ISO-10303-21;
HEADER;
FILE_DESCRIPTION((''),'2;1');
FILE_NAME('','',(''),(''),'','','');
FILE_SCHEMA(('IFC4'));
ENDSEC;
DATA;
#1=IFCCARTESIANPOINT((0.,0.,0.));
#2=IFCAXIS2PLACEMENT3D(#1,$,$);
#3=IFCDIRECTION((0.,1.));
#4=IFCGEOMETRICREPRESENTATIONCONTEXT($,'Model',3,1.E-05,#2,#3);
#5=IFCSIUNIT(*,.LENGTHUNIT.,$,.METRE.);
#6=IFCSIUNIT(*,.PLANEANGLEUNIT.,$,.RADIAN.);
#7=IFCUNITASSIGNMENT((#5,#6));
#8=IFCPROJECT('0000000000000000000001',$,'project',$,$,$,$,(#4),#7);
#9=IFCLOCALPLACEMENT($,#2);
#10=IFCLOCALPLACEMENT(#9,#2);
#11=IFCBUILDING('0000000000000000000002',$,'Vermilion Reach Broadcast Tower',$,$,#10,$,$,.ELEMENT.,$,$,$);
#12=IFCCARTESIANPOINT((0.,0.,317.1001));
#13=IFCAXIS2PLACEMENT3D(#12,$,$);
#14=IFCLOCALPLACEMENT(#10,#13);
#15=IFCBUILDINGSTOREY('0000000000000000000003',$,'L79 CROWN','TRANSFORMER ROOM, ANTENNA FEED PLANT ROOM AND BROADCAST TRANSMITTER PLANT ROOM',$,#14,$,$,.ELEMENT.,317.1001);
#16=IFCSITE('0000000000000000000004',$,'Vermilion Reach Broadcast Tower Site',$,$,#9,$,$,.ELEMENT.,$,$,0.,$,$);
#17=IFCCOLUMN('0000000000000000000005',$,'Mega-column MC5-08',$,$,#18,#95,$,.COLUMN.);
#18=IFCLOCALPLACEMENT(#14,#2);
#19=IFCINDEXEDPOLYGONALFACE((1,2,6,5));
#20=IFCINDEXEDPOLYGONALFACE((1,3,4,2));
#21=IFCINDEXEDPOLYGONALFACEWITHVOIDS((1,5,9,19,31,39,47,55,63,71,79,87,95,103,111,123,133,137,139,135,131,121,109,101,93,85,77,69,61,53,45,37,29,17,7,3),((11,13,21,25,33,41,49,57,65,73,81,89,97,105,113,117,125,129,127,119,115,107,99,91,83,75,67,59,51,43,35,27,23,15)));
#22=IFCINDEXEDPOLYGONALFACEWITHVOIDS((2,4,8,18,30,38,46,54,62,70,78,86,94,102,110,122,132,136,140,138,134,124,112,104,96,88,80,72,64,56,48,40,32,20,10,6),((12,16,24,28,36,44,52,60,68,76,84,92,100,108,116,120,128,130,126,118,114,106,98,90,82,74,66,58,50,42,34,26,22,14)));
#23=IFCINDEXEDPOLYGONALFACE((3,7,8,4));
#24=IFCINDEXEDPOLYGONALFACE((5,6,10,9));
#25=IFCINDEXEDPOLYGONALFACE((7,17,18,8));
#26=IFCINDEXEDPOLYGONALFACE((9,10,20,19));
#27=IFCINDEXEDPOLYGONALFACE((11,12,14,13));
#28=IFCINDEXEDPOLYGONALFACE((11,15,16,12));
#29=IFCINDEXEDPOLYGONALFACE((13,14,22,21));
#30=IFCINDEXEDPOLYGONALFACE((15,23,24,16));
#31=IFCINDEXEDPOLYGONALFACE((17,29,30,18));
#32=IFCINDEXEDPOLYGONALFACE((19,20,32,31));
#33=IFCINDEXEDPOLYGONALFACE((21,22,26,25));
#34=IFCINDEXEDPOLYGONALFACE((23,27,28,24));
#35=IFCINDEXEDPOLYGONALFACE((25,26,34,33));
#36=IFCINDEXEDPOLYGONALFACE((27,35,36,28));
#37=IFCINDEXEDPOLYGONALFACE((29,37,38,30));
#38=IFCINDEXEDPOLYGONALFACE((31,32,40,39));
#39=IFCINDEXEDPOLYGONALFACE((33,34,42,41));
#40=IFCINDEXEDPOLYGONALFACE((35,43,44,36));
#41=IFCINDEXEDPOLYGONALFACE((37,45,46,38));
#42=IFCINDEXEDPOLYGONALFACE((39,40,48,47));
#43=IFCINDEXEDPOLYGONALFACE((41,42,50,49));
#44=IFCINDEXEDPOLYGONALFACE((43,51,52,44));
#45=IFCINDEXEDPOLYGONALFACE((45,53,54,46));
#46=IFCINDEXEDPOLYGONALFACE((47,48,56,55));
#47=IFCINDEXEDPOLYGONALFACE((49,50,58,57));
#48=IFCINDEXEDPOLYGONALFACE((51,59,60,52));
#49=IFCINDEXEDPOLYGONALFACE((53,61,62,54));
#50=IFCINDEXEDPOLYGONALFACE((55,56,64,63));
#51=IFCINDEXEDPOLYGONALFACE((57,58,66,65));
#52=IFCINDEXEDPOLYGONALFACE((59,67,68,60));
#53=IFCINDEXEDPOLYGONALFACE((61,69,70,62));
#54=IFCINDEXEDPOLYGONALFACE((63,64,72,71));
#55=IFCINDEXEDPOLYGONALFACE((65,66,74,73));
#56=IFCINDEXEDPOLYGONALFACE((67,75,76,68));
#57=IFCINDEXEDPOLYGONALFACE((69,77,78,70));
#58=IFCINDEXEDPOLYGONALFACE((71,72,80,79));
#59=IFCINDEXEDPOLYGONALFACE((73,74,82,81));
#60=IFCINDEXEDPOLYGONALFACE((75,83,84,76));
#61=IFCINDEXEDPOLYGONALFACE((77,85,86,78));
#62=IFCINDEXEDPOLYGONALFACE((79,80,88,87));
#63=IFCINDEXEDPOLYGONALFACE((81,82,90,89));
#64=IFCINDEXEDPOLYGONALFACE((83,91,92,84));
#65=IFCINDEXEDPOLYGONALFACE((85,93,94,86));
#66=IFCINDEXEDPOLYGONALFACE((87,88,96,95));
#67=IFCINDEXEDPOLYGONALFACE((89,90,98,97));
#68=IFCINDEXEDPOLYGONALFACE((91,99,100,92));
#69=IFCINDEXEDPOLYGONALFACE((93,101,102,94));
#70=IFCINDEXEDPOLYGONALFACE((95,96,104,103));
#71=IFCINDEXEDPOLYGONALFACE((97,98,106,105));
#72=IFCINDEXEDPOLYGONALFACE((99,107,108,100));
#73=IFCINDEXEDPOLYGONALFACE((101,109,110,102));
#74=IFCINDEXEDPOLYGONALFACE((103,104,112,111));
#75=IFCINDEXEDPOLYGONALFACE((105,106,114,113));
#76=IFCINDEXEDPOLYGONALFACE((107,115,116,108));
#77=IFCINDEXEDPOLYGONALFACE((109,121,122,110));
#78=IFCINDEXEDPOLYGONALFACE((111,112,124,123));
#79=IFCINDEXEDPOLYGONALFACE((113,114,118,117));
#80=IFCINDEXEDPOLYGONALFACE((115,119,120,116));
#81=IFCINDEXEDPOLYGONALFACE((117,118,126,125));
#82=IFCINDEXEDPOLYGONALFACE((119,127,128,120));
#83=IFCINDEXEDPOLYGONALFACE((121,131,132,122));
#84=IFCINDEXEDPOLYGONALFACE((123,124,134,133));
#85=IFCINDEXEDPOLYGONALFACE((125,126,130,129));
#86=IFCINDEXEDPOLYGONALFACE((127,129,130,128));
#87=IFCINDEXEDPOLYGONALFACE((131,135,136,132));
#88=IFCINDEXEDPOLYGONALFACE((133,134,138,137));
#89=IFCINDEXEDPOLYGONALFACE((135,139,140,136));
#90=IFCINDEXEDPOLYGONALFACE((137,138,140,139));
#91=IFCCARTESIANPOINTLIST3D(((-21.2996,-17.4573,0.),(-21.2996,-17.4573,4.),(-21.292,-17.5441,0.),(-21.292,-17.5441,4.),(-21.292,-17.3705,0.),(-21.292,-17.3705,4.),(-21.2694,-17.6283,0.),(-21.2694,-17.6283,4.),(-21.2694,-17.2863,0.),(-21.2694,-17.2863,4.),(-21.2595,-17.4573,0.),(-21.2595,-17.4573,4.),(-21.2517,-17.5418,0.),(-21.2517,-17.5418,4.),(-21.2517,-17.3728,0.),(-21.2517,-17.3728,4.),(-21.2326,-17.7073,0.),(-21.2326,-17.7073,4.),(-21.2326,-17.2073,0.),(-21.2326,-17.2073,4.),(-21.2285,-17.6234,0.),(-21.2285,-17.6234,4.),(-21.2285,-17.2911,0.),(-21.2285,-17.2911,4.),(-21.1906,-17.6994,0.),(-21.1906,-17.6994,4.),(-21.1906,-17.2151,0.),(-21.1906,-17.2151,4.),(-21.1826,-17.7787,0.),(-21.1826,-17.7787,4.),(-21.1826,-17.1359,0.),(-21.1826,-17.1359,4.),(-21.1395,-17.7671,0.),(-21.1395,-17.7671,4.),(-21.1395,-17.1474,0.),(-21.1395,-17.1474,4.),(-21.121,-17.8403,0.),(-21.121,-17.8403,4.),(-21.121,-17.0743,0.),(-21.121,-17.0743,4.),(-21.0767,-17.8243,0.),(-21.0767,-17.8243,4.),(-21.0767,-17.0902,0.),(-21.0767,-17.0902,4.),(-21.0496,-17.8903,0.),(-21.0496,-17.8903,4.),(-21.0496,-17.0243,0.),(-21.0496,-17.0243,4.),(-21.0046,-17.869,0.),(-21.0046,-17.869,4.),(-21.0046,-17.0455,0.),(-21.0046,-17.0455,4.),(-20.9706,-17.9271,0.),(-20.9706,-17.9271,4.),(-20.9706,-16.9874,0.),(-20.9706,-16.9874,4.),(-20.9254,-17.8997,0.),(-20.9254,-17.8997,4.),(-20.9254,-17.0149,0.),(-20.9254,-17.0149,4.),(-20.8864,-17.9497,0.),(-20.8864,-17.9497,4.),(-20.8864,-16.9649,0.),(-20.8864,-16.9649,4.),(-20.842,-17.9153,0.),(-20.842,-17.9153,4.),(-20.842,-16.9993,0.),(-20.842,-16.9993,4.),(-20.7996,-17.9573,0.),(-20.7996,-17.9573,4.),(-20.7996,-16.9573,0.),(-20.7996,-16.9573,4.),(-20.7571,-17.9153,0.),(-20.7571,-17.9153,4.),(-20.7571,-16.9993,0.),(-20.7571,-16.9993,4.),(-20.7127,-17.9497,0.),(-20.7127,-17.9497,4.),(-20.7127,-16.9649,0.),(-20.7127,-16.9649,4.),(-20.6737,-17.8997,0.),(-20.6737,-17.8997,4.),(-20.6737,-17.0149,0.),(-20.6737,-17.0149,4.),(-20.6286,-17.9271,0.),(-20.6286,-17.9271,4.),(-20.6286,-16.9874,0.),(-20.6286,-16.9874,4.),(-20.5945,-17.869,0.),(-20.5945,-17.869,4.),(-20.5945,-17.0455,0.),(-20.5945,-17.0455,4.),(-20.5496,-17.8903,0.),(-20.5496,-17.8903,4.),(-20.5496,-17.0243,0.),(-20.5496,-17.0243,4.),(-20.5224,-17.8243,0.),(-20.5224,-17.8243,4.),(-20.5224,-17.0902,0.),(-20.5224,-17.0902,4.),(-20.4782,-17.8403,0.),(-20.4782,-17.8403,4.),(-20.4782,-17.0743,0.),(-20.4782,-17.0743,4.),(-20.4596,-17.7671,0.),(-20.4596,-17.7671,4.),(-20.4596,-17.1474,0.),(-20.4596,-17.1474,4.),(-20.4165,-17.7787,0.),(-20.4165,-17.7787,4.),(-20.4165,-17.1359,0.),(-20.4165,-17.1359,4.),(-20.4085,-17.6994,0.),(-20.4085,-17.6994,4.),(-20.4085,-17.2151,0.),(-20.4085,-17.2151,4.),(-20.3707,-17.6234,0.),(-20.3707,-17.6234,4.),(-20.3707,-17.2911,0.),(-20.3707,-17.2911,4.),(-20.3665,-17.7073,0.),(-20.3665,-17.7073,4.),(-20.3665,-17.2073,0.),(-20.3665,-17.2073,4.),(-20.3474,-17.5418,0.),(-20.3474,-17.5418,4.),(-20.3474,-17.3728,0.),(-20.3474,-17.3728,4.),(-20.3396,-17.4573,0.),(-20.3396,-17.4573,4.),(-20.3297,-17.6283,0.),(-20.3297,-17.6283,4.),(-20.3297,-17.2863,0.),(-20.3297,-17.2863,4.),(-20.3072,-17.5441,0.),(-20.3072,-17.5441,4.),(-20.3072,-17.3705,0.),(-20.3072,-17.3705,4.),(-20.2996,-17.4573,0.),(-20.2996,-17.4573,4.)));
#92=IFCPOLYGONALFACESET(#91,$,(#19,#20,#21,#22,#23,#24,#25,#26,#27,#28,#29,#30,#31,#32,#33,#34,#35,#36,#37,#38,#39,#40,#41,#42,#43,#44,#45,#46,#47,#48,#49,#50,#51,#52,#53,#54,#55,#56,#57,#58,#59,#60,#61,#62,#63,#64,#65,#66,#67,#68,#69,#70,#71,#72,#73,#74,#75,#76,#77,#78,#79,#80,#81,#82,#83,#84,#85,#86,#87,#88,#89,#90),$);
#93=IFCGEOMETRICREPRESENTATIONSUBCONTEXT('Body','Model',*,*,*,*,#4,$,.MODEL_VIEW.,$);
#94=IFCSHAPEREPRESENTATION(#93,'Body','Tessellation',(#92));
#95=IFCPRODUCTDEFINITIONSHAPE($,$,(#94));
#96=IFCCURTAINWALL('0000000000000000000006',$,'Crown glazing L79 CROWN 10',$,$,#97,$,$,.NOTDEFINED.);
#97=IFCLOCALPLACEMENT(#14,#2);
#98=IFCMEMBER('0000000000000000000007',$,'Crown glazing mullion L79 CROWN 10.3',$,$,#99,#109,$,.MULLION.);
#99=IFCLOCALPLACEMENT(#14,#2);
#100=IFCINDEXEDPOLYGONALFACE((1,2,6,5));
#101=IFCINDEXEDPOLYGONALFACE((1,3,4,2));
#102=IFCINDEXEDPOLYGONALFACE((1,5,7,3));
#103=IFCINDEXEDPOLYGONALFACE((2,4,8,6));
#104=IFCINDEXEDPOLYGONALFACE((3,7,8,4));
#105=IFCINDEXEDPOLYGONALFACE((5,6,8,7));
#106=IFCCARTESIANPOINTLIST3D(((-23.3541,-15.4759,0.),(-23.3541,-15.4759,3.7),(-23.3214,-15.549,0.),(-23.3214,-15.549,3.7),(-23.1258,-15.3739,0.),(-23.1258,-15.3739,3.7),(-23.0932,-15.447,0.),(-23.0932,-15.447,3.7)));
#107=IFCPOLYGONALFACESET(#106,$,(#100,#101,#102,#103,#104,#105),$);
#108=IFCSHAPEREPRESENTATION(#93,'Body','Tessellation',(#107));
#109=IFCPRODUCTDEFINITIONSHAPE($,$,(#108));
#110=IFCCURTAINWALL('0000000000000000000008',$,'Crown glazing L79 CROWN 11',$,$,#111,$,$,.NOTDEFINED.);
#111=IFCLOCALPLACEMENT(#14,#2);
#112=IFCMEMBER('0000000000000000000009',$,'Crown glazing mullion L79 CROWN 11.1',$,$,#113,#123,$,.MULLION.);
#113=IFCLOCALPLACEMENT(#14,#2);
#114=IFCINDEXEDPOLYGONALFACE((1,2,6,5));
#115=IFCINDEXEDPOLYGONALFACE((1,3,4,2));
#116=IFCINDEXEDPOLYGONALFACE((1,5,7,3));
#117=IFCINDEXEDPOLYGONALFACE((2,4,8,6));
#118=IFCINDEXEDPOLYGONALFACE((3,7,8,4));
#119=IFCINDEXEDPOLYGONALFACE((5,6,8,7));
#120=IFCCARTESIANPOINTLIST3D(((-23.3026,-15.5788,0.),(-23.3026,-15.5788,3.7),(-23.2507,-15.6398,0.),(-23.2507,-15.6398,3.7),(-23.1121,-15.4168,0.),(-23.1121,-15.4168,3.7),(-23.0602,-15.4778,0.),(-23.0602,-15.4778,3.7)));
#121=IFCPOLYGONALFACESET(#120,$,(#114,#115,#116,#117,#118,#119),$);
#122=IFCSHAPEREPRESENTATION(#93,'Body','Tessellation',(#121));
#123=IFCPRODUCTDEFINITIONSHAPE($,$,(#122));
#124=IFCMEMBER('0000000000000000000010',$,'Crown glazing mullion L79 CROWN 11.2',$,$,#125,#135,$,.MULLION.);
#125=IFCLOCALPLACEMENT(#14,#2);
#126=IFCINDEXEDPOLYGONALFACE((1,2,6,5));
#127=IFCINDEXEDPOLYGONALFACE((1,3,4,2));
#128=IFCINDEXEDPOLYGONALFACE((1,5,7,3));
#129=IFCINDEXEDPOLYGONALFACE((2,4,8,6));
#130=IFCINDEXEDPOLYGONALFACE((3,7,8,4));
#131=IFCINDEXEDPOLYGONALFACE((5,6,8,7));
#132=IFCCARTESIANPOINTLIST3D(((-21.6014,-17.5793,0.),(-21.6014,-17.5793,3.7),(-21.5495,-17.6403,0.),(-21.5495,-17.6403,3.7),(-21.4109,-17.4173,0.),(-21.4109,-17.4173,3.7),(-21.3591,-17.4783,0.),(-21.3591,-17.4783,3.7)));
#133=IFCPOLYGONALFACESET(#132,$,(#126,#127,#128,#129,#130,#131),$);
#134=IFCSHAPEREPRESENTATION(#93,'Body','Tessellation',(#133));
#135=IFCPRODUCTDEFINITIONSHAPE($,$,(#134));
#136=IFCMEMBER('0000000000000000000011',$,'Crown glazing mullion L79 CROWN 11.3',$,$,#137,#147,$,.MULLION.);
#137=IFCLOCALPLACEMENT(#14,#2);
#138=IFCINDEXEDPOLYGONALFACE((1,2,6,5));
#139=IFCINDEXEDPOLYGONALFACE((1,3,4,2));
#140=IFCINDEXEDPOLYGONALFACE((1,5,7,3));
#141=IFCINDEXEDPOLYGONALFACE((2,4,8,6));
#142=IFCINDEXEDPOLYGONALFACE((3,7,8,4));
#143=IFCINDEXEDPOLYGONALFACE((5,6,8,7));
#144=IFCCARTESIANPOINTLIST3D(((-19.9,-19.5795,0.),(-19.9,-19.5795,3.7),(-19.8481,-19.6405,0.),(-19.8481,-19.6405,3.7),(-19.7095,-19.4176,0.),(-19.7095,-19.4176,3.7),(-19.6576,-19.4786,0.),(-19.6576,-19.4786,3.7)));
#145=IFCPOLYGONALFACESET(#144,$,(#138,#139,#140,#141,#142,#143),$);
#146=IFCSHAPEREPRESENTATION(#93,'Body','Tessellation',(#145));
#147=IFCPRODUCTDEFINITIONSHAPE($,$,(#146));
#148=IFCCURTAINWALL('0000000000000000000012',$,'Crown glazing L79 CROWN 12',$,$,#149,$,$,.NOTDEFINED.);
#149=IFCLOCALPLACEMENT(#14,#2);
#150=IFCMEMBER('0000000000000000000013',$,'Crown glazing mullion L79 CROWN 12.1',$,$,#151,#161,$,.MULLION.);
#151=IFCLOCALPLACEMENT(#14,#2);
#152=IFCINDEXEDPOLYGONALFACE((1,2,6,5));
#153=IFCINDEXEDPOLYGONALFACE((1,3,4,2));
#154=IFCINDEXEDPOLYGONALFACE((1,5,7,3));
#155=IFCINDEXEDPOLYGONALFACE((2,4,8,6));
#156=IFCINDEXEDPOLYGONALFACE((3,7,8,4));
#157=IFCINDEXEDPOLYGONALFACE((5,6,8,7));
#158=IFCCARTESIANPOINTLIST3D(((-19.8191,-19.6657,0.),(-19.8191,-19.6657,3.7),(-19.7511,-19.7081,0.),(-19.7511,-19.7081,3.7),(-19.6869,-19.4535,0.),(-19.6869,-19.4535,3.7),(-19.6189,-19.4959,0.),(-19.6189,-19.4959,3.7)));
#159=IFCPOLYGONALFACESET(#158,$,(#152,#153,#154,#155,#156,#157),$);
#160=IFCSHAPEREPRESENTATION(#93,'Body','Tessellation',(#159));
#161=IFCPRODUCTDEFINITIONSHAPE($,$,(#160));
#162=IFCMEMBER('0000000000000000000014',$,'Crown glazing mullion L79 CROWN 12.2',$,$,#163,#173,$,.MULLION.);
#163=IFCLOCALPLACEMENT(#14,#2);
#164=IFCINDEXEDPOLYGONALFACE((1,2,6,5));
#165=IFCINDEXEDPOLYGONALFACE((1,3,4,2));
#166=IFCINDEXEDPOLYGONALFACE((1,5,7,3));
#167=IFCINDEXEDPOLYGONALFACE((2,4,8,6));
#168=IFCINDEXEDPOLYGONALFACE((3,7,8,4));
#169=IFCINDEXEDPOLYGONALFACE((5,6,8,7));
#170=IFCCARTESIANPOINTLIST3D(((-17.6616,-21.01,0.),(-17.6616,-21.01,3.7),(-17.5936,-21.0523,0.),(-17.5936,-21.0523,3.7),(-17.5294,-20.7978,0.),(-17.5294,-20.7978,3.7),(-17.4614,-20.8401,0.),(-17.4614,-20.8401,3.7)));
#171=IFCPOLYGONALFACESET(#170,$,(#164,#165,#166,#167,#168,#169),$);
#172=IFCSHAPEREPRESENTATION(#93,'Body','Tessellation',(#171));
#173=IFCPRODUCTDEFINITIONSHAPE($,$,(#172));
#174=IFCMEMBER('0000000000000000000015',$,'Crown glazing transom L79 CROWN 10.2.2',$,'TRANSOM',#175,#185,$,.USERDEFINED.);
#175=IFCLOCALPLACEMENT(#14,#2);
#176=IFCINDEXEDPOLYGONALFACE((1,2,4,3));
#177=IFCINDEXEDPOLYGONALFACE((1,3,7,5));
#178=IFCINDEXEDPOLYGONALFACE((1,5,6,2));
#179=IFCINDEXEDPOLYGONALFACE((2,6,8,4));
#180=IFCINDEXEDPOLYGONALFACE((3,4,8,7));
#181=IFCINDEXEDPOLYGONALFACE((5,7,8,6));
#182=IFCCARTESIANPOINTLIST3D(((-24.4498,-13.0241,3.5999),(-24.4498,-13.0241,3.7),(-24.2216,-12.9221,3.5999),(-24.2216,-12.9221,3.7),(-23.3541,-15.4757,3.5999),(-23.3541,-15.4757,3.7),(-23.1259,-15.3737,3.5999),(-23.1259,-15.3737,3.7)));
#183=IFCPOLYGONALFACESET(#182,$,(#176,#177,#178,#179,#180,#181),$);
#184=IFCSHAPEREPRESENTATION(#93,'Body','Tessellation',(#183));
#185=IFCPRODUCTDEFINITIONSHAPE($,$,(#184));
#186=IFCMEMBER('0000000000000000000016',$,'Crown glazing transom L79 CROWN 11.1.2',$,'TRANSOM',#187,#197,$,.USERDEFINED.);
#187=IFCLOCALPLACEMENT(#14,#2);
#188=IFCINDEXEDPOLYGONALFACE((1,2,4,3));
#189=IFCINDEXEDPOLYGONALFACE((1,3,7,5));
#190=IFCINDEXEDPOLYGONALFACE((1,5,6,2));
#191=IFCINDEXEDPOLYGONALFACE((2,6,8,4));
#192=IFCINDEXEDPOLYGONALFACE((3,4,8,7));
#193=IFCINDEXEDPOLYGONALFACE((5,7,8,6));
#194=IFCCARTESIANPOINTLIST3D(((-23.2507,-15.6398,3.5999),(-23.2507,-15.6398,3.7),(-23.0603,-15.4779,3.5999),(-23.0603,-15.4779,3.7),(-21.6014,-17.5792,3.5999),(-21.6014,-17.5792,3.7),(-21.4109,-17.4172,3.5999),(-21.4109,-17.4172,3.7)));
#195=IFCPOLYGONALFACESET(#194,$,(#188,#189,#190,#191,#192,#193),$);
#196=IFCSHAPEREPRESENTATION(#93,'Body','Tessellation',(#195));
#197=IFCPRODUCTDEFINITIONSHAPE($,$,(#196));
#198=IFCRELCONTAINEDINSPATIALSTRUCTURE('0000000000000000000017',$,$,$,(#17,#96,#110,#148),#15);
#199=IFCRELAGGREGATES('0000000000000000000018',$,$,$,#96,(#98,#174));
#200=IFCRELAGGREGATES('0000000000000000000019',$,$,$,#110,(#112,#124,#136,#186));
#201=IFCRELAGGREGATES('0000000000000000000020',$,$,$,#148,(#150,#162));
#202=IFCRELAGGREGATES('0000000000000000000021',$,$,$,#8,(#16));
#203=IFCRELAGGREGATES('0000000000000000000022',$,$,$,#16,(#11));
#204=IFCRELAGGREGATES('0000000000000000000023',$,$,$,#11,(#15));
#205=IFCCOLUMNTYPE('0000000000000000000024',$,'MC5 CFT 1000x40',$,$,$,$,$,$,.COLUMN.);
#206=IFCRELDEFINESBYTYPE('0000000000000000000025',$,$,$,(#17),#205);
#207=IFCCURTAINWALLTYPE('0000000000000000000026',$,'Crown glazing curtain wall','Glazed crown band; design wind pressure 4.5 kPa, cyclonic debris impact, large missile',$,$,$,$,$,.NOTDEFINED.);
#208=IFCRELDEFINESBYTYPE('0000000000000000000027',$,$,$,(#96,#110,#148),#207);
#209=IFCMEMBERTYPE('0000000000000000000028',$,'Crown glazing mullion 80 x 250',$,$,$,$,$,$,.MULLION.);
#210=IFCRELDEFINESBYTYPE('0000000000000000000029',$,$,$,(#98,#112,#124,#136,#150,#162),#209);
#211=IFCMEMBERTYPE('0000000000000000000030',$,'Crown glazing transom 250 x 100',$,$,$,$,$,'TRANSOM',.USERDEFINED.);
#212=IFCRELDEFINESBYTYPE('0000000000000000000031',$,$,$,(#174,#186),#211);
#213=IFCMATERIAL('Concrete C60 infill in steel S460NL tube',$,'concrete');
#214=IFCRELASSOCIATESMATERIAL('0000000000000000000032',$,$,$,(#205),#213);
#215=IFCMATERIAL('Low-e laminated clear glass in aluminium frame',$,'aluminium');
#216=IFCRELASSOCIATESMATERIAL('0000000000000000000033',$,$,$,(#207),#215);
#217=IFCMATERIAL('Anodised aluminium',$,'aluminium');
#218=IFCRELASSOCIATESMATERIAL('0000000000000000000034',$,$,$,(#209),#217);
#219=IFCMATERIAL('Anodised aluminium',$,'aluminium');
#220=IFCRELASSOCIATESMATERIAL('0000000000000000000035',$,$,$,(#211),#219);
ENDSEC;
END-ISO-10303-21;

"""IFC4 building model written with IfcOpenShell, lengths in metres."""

from ifc_helpers import new_model, si_unit, direction, frame, origin, origin_2d, place, context, subcontext, project, spatial, rectangle, hollow_circle, extrude, material, material_profile, profile_set, type_object, element, aggregate, save


model = new_model("IFC4")

# Units and contexts
model_context = context("Model", 3, precision=1e-05, world=origin(), true_north=direction((0.0, 1.0)))
body_context = subcontext(model_context, "Body", "Model", "MODEL_VIEW")
ifc_project = project(units=[si_unit("LENGTHUNIT", "METRE"), si_unit("PLANEANGLEUNIT", "RADIAN")], contexts=[model_context])

# Site, building, storey
site_placement = place(None, origin())
site = spatial("IfcSite", under=ifc_project, at=site_placement, Name="Vermilion Reach Broadcast Tower Site", CompositionType="ELEMENT", RefElevation=0.0)
building_placement = place(site_placement, origin())
building = spatial("IfcBuilding", under=site, at=building_placement, Name="Vermilion Reach Broadcast Tower", CompositionType="ELEMENT")
storey_placement = place(building_placement, frame((0.0, 0.0, 317.1001)))
storey = spatial("IfcBuildingStorey", under=building, at=storey_placement, Name="L79 CROWN", Description="TRANSFORMER ROOM, ANTENNA FEED PLANT ROOM AND BROADCAST TRANSMITTER PLANT ROOM", CompositionType="ELEMENT", Elevation=317.1001)

# Column
ifc_material_1 = material(Name="Concrete C60 infill in steel S460NL tube", Category="concrete")
ifc_material_profile_1 = material_profile(ifc_material_1, hollow_circle(Radius=0.5, WallThickness=0.04, at=origin_2d()), Name="Concrete C60 infill in steel S460NL tube CFT 1000x40")
ifc_profile_set_1 = profile_set([ifc_material_profile_1], Name="Concrete C60 infill in steel S460NL tube")
column_type = type_object("IfcColumnType", Name="MC5 CFT 1000x40", PredefinedType="COLUMN", material=ifc_profile_set_1)
column_placement = place(storey_placement, frame((-20.7996, -17.4573, 0.0), z_axis=(0.0, 0.0, 1.0), x_axis=(1.0, 0.0, 0.0)))
element("IfcColumn", 1, at=column_placement, inside=storey, type_object=column_type, Name="Mega-column MC5-08", PredefinedType="COLUMN", context=body_context, shape_type="SweptSolid", body=[
    extrude(hollow_circle(Radius=0.5, WallThickness=0.04, at=origin_2d()), origin(), (0.0, 0.0, 1.0), 4.0),
])

# Curtain wall, member
ifc_material_2 = material(Name="Low-e laminated clear glass in aluminium frame", Category="aluminium")
curtain_wall_type = type_object("IfcCurtainWallType", Name="Crown glazing curtain wall", Description="Glazed crown band; design wind pressure 4.5 kPa, cyclonic debris impact, large missile", PredefinedType="NOTDEFINED", material=ifc_material_2)
placement = place(storey_placement, origin())
curtain_wall_1 = element("IfcCurtainWall", 2, at=placement, inside=storey, type_object=curtain_wall_type, Name="Crown glazing L79 CROWN 10", PredefinedType="NOTDEFINED")
ifc_material_3 = material(Name="Anodised aluminium", Category="aluminium")
ifc_material_profile_2 = material_profile(ifc_material_3, rectangle(XDim=0.25, YDim=0.0801, at=origin_2d()), Name="Crown glazing mullion 80 x 250")
ifc_profile_set_2 = profile_set([ifc_material_profile_2], Name="Anodised aluminium")
member_type_1 = type_object("IfcMemberType", Name="Crown glazing mullion 80 x 250", PredefinedType="MULLION", material=ifc_profile_set_2)
member_1_placement = place(storey_placement, frame((-23.2236, -15.4614, 0.0), z_axis=(0.0, 0.0, 1.0), x_axis=(0.912989, 0.407985, 0.0)))
member_1 = element("IfcMember", 3, at=member_1_placement, type_object=member_type_1, Name="Crown glazing mullion L79 CROWN 10.3", PredefinedType="MULLION", context=body_context, shape_type="SweptSolid", body=[
    extrude(rectangle(XDim=0.25, YDim=0.0801, at=origin_2d()), origin(), (0.0, 0.0, 1.0), 3.7),
])

# Curtain walls, members
curtain_wall_2 = element("IfcCurtainWall", 4, at=placement, inside=storey, type_object=curtain_wall_type, Name="Crown glazing L79 CROWN 11", PredefinedType="NOTDEFINED")
member_2_placement = place(storey_placement, frame((-23.1814, -15.5283, 0.0), z_axis=(0.0, 0.0, 1.0), x_axis=(0.76175, 0.647871, 0.0)))
member_2 = element("IfcMember", 5, at=member_2_placement, type_object=member_type_1, Name="Crown glazing mullion L79 CROWN 11.1", PredefinedType="MULLION", context=body_context, shape_type="SweptSolid", body=[
    extrude(rectangle(XDim=0.25, YDim=0.0801, at=origin_2d()), origin(), (0.0, 0.0, 1.0), 3.7),
])
member_3_placement = place(storey_placement, frame((-21.4802, -17.5288, 0.0), z_axis=(0.0, 0.0, 1.0), x_axis=(0.76175, 0.647871, 0.0)))
member_3 = element("IfcMember", 6, at=member_3_placement, type_object=member_type_1, Name="Crown glazing mullion L79 CROWN 11.2", PredefinedType="MULLION", context=body_context, shape_type="SweptSolid", body=[
    extrude(rectangle(XDim=0.25, YDim=0.0801, at=origin_2d()), origin(), (0.0, 0.0, 1.0), 3.7),
])
member_4_placement = place(storey_placement, frame((-19.7788, -19.5291, 0.0), z_axis=(0.0, 0.0, 1.0), x_axis=(0.76175, 0.647871, 0.0)))
member_4 = element("IfcMember", 7, at=member_4_placement, type_object=member_type_1, Name="Crown glazing mullion L79 CROWN 11.3", PredefinedType="MULLION", context=body_context, shape_type="SweptSolid", body=[
    extrude(rectangle(XDim=0.25, YDim=0.0801, at=origin_2d()), origin(), (0.0, 0.0, 1.0), 3.7),
])
curtain_wall_3 = element("IfcCurtainWall", 8, at=placement, inside=storey, type_object=curtain_wall_type, Name="Crown glazing L79 CROWN 12", PredefinedType="NOTDEFINED")
member_5_placement = place(storey_placement, frame((-19.719, -19.5808, 0.0), z_axis=(0.0, 0.0, 1.0), x_axis=(0.528861, 0.848708, 0.0)))
member_5 = element("IfcMember", 9, at=member_5_placement, type_object=member_type_1, Name="Crown glazing mullion L79 CROWN 12.1", PredefinedType="MULLION", context=body_context, shape_type="SweptSolid", body=[
    extrude(rectangle(XDim=0.25, YDim=0.0801, at=origin_2d()), origin(), (0.0, 0.0, 1.0), 3.7),
])
member_6_placement = place(storey_placement, frame((-17.5615, -20.925, 0.0), z_axis=(0.0, 0.0, 1.0), x_axis=(0.528861, 0.848708, 0.0)))
member_6 = element("IfcMember", 10, at=member_6_placement, type_object=member_type_1, Name="Crown glazing mullion L79 CROWN 12.2", PredefinedType="MULLION", context=body_context, shape_type="SweptSolid", body=[
    extrude(rectangle(XDim=0.25, YDim=0.0801, at=origin_2d()), origin(), (0.0, 0.0, 1.0), 3.7),
])

# Members
ifc_material_4 = material(Name="Anodised aluminium", Category="aluminium")
ifc_material_profile_3 = material_profile(ifc_material_4, rectangle(XDim=0.25, YDim=0.1001, at=origin_2d()), Name="Crown glazing transom 250 x 100")
ifc_profile_set_3 = profile_set([ifc_material_profile_3], Name="Anodised aluminium")
member_type_2 = type_object("IfcMemberType", Name="Crown glazing transom 250 x 100", ElementType="TRANSOM", PredefinedType="USERDEFINED", material=ifc_profile_set_3)
member_7_placement = place(storey_placement, frame((-24.3357, -12.9731, 3.6499), z_axis=(0.408027, -0.91297, 0.0), x_axis=(0.91297, 0.408027, 0.0)))
member_7 = element("IfcMember", 11, at=member_7_placement, type_object=member_type_2, Name="Crown glazing transom L79 CROWN 10.2.2", ObjectType="TRANSOM", PredefinedType="USERDEFINED", context=body_context, shape_type="SweptSolid", body=[
    extrude(rectangle(XDim=0.25, YDim=0.1001, at=origin_2d()), origin(), (0.0, 0.0, 1.0), 2.6853),
])
member_8_placement = place(storey_placement, frame((-23.1555, -15.5588, 3.6499), z_axis=(0.647849, -0.761769, 0.0), x_axis=(0.761769, 0.647849, 0.0)))
member_8 = element("IfcMember", 12, at=member_8_placement, type_object=member_type_2, Name="Crown glazing transom L79 CROWN 11.1.2", ObjectType="TRANSOM", PredefinedType="USERDEFINED", context=body_context, shape_type="SweptSolid", body=[
    extrude(rectangle(XDim=0.25, YDim=0.1001, at=origin_2d()), origin(), (0.0, 0.0, 1.0), 2.5459),
])

aggregate(curtain_wall_1, [member_1, member_7])
aggregate(curtain_wall_2, [member_2, member_3, member_4, member_8])
aggregate(curtain_wall_3, [member_5, member_6])

save(model, "model.ifc")
